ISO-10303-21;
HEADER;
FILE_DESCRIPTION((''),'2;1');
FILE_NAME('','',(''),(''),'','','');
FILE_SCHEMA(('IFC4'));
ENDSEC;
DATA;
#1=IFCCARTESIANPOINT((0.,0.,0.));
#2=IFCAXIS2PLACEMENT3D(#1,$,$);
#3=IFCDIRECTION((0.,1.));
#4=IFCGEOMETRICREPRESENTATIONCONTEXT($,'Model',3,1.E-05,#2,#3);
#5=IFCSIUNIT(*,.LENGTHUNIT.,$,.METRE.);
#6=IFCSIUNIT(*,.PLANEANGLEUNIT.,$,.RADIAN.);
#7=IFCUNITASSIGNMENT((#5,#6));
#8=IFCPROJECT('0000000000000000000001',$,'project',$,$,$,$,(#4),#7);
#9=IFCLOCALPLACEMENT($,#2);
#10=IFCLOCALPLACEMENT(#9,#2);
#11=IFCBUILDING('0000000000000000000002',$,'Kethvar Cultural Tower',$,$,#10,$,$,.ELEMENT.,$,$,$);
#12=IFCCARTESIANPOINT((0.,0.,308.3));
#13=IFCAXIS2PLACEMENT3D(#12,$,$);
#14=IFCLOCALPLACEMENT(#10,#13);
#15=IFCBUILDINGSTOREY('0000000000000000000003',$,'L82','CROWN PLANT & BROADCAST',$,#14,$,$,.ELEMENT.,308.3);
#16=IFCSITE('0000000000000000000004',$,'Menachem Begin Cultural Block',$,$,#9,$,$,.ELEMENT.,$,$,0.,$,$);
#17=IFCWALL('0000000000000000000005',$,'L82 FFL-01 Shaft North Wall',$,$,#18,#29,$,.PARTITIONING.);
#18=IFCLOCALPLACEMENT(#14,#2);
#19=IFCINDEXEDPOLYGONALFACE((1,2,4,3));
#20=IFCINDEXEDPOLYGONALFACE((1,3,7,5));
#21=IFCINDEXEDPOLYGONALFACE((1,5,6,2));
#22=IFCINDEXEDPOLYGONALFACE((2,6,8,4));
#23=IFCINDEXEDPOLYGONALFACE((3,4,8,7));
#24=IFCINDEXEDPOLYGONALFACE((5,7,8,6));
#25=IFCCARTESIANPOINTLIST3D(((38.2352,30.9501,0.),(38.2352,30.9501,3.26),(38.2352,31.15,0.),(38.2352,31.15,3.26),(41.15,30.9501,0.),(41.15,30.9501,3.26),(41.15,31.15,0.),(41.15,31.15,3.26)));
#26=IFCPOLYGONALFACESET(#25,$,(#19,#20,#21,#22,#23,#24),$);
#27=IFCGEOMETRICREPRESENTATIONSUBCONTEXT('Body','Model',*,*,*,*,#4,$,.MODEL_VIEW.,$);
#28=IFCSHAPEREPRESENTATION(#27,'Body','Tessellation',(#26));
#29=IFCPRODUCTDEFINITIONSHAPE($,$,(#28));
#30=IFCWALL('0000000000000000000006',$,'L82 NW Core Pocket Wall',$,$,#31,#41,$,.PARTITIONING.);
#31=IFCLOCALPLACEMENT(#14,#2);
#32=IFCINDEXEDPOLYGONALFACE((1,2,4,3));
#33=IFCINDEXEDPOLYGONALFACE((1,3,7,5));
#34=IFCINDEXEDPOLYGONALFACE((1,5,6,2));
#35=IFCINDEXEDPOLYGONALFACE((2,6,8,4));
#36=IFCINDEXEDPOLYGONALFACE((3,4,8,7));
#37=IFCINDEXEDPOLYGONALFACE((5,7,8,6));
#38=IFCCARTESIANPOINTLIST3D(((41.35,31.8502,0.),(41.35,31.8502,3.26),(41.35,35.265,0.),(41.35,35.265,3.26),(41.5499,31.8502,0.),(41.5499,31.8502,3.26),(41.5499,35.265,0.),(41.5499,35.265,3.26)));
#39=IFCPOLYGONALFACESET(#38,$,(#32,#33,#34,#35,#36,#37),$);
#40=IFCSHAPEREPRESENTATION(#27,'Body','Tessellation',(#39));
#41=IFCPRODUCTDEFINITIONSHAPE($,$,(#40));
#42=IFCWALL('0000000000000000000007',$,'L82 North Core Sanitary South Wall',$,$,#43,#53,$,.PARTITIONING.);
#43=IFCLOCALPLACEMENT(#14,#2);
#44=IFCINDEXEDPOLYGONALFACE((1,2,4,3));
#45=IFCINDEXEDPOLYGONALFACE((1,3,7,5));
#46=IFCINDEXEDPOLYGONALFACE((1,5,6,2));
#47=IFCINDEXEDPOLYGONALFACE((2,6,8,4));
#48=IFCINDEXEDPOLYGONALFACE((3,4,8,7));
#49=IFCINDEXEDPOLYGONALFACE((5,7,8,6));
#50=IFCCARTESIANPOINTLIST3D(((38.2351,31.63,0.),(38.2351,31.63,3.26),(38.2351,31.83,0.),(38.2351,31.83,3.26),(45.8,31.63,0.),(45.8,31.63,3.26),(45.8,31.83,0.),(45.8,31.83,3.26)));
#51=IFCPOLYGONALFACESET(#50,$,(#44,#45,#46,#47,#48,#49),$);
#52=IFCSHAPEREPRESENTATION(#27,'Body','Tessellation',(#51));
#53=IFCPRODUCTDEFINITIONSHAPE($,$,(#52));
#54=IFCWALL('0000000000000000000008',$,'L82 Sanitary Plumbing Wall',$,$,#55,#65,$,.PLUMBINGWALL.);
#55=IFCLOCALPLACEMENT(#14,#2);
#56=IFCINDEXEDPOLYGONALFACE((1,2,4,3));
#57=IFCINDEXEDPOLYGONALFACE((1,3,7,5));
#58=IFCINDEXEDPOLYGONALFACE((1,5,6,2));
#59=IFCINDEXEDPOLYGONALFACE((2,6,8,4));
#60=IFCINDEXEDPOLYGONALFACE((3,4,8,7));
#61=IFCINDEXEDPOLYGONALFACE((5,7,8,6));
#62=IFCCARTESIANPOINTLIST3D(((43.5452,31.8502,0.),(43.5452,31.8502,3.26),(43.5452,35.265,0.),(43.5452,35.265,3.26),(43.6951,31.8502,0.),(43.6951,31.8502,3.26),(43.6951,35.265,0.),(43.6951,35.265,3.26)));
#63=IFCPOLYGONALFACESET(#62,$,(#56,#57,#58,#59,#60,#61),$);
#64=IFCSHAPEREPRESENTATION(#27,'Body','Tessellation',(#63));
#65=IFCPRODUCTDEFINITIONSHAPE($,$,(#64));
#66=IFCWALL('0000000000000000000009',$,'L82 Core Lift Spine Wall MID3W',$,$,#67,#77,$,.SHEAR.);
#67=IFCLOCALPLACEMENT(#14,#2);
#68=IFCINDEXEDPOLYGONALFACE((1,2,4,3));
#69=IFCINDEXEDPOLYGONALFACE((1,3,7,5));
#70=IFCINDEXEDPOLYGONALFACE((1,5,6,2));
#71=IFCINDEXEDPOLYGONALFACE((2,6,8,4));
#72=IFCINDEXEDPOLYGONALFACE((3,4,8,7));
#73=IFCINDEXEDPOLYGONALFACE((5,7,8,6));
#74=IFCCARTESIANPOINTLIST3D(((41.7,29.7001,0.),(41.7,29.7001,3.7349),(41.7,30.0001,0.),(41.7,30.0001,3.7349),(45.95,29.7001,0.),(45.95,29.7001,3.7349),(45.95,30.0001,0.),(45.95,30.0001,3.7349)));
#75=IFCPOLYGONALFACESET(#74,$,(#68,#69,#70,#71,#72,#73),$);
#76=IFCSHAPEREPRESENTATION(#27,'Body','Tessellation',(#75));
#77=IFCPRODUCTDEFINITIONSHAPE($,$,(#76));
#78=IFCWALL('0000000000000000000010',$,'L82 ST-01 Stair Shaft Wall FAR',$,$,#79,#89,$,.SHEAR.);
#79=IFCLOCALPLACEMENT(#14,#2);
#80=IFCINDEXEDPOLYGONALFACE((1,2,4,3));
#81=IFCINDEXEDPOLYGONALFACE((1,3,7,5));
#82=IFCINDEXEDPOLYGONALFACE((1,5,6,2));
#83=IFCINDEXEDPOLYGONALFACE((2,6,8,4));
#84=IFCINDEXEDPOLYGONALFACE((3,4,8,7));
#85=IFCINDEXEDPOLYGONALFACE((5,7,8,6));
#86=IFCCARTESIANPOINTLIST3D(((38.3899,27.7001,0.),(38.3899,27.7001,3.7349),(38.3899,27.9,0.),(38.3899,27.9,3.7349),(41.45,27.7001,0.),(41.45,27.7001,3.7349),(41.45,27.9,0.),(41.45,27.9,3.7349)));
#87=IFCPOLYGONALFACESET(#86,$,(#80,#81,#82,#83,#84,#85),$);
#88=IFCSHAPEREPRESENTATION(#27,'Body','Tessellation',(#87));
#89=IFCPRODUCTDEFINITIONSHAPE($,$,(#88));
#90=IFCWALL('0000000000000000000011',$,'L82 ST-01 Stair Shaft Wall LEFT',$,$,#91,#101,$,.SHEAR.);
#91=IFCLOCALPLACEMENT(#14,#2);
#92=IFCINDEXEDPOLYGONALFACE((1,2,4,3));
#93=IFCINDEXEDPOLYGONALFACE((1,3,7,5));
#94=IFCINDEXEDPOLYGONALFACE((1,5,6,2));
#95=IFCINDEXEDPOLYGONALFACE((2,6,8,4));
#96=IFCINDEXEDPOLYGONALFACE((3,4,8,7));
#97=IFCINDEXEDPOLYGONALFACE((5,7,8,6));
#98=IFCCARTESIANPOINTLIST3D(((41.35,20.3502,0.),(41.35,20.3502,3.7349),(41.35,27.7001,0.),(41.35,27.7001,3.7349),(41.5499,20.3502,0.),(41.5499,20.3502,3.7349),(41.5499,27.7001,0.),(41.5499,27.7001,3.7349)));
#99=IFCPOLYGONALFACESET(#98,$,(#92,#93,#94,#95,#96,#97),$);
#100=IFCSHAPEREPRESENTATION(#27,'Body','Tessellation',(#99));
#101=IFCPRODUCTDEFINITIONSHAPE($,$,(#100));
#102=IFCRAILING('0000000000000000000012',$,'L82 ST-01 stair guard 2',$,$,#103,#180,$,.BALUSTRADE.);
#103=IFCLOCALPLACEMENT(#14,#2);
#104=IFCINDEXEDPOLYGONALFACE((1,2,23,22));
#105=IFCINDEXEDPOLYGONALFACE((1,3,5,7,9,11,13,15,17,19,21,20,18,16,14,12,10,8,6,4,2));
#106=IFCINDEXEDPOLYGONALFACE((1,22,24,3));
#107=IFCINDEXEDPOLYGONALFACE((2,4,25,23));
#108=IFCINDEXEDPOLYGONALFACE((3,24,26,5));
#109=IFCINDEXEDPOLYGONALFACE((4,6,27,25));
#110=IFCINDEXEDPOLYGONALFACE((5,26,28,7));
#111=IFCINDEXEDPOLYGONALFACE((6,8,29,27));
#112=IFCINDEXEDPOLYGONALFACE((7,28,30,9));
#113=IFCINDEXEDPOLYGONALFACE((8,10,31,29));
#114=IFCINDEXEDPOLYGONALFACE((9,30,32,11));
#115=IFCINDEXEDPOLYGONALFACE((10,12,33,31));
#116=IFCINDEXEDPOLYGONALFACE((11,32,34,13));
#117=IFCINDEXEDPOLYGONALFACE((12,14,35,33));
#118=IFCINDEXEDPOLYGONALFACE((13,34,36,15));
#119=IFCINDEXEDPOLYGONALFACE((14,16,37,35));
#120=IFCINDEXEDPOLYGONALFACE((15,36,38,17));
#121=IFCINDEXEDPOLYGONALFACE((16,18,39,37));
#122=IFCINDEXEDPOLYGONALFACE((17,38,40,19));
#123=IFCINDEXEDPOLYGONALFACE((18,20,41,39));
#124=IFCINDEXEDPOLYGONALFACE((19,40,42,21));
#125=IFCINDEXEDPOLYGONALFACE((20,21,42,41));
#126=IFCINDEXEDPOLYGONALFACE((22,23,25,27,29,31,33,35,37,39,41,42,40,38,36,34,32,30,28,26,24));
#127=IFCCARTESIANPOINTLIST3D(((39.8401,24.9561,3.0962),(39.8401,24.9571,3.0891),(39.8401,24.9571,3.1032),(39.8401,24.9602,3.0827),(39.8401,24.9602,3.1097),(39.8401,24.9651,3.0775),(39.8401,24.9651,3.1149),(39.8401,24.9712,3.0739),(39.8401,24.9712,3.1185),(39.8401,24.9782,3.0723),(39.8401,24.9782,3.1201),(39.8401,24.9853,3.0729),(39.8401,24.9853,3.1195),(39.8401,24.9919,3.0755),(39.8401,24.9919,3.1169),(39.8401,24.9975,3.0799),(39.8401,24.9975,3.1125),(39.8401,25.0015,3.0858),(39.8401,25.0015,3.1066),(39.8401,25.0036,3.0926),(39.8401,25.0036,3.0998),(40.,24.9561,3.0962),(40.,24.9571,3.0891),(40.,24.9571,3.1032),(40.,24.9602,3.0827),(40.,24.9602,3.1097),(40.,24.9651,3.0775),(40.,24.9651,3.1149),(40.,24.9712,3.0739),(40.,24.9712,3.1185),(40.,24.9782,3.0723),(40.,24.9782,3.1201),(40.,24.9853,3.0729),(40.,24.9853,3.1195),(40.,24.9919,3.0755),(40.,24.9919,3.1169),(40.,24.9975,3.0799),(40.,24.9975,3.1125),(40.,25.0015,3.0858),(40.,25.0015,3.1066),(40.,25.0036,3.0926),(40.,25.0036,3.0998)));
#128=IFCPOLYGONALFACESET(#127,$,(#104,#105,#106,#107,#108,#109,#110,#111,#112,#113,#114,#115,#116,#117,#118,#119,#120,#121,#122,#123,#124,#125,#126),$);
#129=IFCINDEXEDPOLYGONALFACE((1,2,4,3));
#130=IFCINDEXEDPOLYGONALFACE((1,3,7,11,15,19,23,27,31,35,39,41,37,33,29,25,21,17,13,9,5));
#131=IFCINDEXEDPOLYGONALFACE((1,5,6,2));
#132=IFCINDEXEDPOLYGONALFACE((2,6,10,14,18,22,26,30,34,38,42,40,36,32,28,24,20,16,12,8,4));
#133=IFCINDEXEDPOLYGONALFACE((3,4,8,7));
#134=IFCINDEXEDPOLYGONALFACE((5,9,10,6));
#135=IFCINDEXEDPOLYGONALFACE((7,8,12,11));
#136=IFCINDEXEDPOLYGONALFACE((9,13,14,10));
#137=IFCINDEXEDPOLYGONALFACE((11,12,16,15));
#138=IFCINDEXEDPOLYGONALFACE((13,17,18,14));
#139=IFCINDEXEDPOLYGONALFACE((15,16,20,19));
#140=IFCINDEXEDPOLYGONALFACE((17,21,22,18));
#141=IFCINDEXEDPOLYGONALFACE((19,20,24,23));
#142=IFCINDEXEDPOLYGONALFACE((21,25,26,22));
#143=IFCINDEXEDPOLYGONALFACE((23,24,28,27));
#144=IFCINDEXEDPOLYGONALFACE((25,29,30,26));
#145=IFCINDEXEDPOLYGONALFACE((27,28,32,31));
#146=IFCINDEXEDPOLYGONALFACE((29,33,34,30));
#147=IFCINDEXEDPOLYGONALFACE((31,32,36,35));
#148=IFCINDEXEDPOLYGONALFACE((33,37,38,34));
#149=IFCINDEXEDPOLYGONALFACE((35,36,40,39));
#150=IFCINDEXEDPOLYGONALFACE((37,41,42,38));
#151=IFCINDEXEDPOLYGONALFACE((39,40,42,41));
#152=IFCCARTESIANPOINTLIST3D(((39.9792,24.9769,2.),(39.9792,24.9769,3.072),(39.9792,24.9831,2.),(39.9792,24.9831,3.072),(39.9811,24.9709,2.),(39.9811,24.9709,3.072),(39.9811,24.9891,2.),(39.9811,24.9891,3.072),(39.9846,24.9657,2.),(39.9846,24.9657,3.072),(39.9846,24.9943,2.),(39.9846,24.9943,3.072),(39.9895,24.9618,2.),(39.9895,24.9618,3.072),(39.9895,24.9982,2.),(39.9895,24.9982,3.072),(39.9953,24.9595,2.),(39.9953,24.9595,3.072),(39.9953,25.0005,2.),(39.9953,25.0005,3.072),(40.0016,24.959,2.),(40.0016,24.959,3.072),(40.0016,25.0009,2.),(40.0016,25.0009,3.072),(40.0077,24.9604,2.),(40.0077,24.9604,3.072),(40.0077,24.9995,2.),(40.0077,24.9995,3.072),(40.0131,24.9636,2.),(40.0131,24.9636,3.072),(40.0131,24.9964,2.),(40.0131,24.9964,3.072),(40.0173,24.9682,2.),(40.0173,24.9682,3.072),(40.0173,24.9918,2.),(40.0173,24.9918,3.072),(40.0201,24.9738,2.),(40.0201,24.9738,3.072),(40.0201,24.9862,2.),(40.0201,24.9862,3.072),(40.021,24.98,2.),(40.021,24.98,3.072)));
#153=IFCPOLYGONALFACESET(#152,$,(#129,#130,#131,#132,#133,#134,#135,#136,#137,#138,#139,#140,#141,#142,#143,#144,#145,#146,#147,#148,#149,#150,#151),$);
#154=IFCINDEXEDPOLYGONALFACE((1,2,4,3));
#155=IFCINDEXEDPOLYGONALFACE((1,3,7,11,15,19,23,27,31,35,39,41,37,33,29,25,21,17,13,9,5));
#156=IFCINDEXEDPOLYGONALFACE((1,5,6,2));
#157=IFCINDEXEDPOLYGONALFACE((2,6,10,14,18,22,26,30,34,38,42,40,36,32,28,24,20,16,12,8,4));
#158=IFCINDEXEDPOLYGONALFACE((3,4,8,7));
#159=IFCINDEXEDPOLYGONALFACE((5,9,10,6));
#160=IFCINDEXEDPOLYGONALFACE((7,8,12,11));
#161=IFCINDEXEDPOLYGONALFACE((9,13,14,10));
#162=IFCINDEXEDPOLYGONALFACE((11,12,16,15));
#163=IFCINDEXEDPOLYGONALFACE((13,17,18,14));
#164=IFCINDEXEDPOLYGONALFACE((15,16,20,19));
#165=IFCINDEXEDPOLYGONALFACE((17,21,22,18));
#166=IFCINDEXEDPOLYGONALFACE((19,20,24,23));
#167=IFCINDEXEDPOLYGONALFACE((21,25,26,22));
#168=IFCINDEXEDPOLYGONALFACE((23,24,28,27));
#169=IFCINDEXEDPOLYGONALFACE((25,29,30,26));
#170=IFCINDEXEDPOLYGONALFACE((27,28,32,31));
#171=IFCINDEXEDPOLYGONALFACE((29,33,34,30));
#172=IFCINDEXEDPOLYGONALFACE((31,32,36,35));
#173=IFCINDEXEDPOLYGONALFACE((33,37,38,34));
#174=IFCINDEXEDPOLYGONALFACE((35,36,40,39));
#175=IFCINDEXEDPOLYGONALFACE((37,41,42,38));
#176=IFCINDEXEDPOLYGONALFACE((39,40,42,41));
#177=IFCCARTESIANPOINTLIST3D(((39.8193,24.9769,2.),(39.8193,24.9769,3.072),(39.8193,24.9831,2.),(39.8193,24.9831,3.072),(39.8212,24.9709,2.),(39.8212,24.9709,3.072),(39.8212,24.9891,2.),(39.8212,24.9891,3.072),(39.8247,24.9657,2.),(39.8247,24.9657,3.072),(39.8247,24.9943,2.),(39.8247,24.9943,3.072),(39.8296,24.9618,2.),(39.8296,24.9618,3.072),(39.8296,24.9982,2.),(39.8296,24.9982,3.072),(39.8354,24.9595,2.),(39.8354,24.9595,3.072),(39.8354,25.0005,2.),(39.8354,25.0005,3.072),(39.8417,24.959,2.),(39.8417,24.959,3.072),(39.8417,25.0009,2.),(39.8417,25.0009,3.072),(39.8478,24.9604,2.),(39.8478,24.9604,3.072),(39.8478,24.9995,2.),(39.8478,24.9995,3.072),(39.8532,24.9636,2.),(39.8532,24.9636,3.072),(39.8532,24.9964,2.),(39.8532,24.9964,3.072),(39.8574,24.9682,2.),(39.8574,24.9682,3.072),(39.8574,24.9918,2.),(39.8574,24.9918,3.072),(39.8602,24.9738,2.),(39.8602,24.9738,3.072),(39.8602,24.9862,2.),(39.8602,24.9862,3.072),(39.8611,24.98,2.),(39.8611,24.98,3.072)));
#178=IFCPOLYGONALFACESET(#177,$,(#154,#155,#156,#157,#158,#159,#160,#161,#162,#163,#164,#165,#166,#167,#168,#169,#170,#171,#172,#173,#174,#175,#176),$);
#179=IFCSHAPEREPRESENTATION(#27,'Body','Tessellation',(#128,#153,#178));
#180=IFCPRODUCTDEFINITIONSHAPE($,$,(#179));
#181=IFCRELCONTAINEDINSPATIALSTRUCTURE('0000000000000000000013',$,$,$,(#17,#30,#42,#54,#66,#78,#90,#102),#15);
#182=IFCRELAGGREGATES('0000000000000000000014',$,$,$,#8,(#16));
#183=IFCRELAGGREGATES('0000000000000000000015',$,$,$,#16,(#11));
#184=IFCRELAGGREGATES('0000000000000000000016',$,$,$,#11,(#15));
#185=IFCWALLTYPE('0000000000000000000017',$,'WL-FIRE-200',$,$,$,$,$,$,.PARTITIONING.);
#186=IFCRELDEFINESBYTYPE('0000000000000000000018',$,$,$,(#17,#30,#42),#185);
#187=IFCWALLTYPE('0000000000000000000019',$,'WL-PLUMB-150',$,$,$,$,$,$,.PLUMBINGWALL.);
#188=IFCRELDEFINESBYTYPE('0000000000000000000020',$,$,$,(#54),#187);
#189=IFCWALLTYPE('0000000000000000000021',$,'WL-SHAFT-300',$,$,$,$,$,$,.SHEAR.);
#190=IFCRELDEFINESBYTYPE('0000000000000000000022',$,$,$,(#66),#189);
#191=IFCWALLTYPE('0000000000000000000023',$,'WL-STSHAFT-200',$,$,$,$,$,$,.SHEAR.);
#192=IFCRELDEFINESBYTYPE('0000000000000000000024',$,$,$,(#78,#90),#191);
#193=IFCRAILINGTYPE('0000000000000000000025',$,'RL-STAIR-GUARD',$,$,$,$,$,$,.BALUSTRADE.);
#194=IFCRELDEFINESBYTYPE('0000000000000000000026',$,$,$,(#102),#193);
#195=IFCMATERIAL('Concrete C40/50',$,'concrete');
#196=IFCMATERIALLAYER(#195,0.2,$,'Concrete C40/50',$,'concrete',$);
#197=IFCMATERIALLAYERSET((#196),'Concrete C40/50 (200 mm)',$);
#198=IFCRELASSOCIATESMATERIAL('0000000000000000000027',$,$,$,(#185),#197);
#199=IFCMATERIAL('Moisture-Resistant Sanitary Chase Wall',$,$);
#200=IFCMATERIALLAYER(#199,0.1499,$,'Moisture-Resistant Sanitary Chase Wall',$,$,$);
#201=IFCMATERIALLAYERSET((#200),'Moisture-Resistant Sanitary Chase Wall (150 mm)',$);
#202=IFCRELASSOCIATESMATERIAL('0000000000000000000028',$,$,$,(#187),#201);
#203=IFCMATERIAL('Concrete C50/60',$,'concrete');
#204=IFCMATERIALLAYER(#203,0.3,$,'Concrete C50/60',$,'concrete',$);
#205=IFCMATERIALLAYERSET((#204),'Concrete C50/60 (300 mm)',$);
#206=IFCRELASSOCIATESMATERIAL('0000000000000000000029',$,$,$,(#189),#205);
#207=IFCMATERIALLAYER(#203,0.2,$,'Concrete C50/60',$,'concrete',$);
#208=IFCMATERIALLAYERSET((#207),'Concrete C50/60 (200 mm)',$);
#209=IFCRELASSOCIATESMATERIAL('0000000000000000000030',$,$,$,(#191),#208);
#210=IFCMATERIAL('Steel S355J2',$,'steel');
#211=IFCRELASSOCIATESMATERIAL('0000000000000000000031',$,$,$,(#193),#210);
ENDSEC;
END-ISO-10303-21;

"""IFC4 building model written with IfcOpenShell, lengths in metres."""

from ifc_helpers import new_model, si_unit, direction, frame, frame_2d, origin, origin_2d, place, context, subcontext, project, spatial, rectangle, circle, extrude, material, layer, layer_set, type_object, element, save


model = new_model("IFC4")

# Units and contexts
model_context = context("Model", 3, precision=1e-05, world=origin(), true_north=direction((0.0, 1.0)))
body_context = subcontext(model_context, "Body", "Model", "MODEL_VIEW")
ifc_project = project(units=[si_unit("LENGTHUNIT", "METRE"), si_unit("PLANEANGLEUNIT", "RADIAN")], contexts=[model_context])

# Site, building, storey
site_placement = place(None, origin())
site = spatial("IfcSite", under=ifc_project, at=site_placement, Name="Menachem Begin Cultural Block", CompositionType="ELEMENT", RefElevation=0.0)
building_placement = place(site_placement, origin())
building = spatial("IfcBuilding", under=site, at=building_placement, Name="Kethvar Cultural Tower", CompositionType="ELEMENT")
storey_placement = place(building_placement, frame((0.0, 0.0, 308.3)))
storey = spatial("IfcBuildingStorey", under=building, at=storey_placement, Name="L82", Description="CROWN PLANT & BROADCAST", CompositionType="ELEMENT", Elevation=308.3)

# Shared definitions
ifc_material_1 = material(Name="Steel S355J2", Category="steel")

# Shared definitions
ifc_material_2 = material(Name="Concrete C50/60", Category="concrete")

# Walls
ifc_material_3 = material(Name="Concrete C40/50", Category="concrete")
ifc_layer_1 = layer(ifc_material_3, 0.2, Name="Concrete C40/50", Category="concrete")
ifc_layer_set_1 = layer_set([ifc_layer_1], Name="Concrete C40/50 (200 mm)")
wall_type_1 = type_object("IfcWallType", Name="WL-FIRE-200", PredefinedType="PARTITIONING", material=ifc_layer_set_1)
for number, where, z_axis, x_axis, name in (
    (1, (38.2351, 31.05, 0.0), (0.0, 0.0, 1.0), (1.0, 0.0, 0.0), "L82 FFL-01 Shaft North Wall"),
):
    element("IfcWall", number, at=place(storey_placement, frame(where, z_axis=z_axis, x_axis=x_axis)), inside=storey, type_object=wall_type_1, Name=name, PredefinedType="PARTITIONING", context=body_context, shape_type="SweptSolid", body=[
        extrude(rectangle(XDim=2.9148, YDim=0.2, at=frame_2d((1.4575, 0.0))), origin(), (0.0, 0.0, 1.0), 3.26),
    ])
wall_1_placement = place(storey_placement, frame((41.45, 31.8501, 0.0), z_axis=(0.0, 0.0, 1.0), x_axis=(0.0, 1.0, 0.0)))
element("IfcWall", 2, at=wall_1_placement, inside=storey, type_object=wall_type_1, Name="L82 NW Core Pocket Wall", PredefinedType="PARTITIONING", context=body_context, shape_type="SweptSolid", body=[
    extrude(rectangle(XDim=3.4148, YDim=0.2, at=frame_2d((1.7075, 0.0))), origin(), (0.0, 0.0, 1.0), 3.26),
])
wall_2_placement = place(storey_placement, frame((38.2351, 31.73, 0.0), z_axis=(0.0, 0.0, 1.0), x_axis=(1.0, 0.0, 0.0)))
element("IfcWall", 3, at=wall_2_placement, inside=storey, type_object=wall_type_1, Name="L82 North Core Sanitary South Wall", PredefinedType="PARTITIONING", context=body_context, shape_type="SweptSolid", body=[
    extrude(rectangle(XDim=7.5649, YDim=0.2, at=frame_2d((3.7825, 0.0))), origin(), (0.0, 0.0, 1.0), 3.26),
])
ifc_material_4 = material(Name="Moisture-Resistant Sanitary Chase Wall")
ifc_layer_2 = layer(ifc_material_4, 0.1499, Name="Moisture-Resistant Sanitary Chase Wall")
ifc_layer_set_2 = layer_set([ifc_layer_2], Name="Moisture-Resistant Sanitary Chase Wall (150 mm)")
wall_type_2 = type_object("IfcWallType", Name="WL-PLUMB-150", PredefinedType="PLUMBINGWALL", material=ifc_layer_set_2)
wall_3_placement = place(storey_placement, frame((43.6201, 31.8501, 0.0), z_axis=(0.0, 0.0, 1.0), x_axis=(0.0, 1.0, 0.0)))
element("IfcWall", 4, at=wall_3_placement, inside=storey, type_object=wall_type_2, Name="L82 Sanitary Plumbing Wall", PredefinedType="PLUMBINGWALL", context=body_context, shape_type="SweptSolid", body=[
    extrude(rectangle(XDim=3.4148, YDim=0.1499, at=frame_2d((1.7075, 0.0))), origin(), (0.0, 0.0, 1.0), 3.26),
])
ifc_layer_3 = layer(ifc_material_2, 0.3, Name="Concrete C50/60", Category="concrete")
ifc_layer_set_3 = layer_set([ifc_layer_3], Name="Concrete C50/60 (300 mm)")
wall_type_3 = type_object("IfcWallType", Name="WL-SHAFT-300", PredefinedType="SHEAR", material=ifc_layer_set_3)
wall_4_placement = place(storey_placement, frame((41.7, 29.8501, 0.0), z_axis=(0.0, 0.0, 1.0), x_axis=(1.0, 0.0, 0.0)))
element("IfcWall", 5, at=wall_4_placement, inside=storey, type_object=wall_type_3, Name="L82 Core Lift Spine Wall MID3W", PredefinedType="SHEAR", context=body_context, shape_type="SweptSolid", body=[
    extrude(rectangle(XDim=4.25, YDim=0.3, at=frame_2d((2.125, 0.0))), origin(), (0.0, 0.0, 1.0), 3.7349),
])
ifc_layer_4 = layer(ifc_material_2, 0.2, Name="Concrete C50/60", Category="concrete")
ifc_layer_set_4 = layer_set([ifc_layer_4], Name="Concrete C50/60 (200 mm)")
wall_type_4 = type_object("IfcWallType", Name="WL-STSHAFT-200", PredefinedType="SHEAR", material=ifc_layer_set_4)
wall_5_placement = place(storey_placement, frame((38.3899, 27.8, 0.0), z_axis=(0.0, 0.0, 1.0), x_axis=(1.0, 0.0, 0.0)))
element("IfcWall", 6, at=wall_5_placement, inside=storey, type_object=wall_type_4, Name="L82 ST-01 Stair Shaft Wall FAR", PredefinedType="SHEAR", context=body_context, shape_type="SweptSolid", body=[
    extrude(rectangle(XDim=3.0601, YDim=0.2, at=frame_2d((1.53, 0.0))), origin(), (0.0, 0.0, 1.0), 3.7349),
])
wall_6_placement = place(storey_placement, frame((41.45, 27.7, 0.0), z_axis=(0.0, 0.0, 1.0), x_axis=(0.0, -1.0, 0.0)))
element("IfcWall", 7, at=wall_6_placement, inside=storey, type_object=wall_type_4, Name="L82 ST-01 Stair Shaft Wall LEFT", PredefinedType="SHEAR", context=body_context, shape_type="SweptSolid", body=[
    extrude(rectangle(XDim=7.3499, YDim=0.2, at=frame_2d((3.6748, 0.0))), origin(), (0.0, 0.0, 1.0), 3.7349),
])

# Railing
railing_type = type_object("IfcRailingType", Name="RL-STAIR-GUARD", PredefinedType="BALUSTRADE", material=ifc_material_1)
railing_1_placement = place(storey_placement, frame((40.0, 24.98, 2.0)))
element("IfcRailing", 8, at=railing_1_placement, inside=storey, type_object=railing_type, Name="L82 ST-01 stair guard 2", PredefinedType="BALUSTRADE", context=body_context, shape_type="SweptSolid", body=[
    extrude(circle(Radius=0.0239, at=origin_2d()), frame((0.0, 0.0, 1.0962), z_axis=(-1.0, 0.0, 0.0), x_axis=(0.0, -1.0, 0.0)), (0.0, 0.0, 1.0), 0.1599),
    extrude(circle(Radius=0.021, at=origin_2d()), origin(), (0.0, 0.0, 1.0), 1.072),
    extrude(circle(Radius=0.021, at=origin_2d()), frame((-0.1599, 0.0, 0.0)), (0.0, 0.0, 1.0), 1.072),
])

save(model, "model.ifc")
